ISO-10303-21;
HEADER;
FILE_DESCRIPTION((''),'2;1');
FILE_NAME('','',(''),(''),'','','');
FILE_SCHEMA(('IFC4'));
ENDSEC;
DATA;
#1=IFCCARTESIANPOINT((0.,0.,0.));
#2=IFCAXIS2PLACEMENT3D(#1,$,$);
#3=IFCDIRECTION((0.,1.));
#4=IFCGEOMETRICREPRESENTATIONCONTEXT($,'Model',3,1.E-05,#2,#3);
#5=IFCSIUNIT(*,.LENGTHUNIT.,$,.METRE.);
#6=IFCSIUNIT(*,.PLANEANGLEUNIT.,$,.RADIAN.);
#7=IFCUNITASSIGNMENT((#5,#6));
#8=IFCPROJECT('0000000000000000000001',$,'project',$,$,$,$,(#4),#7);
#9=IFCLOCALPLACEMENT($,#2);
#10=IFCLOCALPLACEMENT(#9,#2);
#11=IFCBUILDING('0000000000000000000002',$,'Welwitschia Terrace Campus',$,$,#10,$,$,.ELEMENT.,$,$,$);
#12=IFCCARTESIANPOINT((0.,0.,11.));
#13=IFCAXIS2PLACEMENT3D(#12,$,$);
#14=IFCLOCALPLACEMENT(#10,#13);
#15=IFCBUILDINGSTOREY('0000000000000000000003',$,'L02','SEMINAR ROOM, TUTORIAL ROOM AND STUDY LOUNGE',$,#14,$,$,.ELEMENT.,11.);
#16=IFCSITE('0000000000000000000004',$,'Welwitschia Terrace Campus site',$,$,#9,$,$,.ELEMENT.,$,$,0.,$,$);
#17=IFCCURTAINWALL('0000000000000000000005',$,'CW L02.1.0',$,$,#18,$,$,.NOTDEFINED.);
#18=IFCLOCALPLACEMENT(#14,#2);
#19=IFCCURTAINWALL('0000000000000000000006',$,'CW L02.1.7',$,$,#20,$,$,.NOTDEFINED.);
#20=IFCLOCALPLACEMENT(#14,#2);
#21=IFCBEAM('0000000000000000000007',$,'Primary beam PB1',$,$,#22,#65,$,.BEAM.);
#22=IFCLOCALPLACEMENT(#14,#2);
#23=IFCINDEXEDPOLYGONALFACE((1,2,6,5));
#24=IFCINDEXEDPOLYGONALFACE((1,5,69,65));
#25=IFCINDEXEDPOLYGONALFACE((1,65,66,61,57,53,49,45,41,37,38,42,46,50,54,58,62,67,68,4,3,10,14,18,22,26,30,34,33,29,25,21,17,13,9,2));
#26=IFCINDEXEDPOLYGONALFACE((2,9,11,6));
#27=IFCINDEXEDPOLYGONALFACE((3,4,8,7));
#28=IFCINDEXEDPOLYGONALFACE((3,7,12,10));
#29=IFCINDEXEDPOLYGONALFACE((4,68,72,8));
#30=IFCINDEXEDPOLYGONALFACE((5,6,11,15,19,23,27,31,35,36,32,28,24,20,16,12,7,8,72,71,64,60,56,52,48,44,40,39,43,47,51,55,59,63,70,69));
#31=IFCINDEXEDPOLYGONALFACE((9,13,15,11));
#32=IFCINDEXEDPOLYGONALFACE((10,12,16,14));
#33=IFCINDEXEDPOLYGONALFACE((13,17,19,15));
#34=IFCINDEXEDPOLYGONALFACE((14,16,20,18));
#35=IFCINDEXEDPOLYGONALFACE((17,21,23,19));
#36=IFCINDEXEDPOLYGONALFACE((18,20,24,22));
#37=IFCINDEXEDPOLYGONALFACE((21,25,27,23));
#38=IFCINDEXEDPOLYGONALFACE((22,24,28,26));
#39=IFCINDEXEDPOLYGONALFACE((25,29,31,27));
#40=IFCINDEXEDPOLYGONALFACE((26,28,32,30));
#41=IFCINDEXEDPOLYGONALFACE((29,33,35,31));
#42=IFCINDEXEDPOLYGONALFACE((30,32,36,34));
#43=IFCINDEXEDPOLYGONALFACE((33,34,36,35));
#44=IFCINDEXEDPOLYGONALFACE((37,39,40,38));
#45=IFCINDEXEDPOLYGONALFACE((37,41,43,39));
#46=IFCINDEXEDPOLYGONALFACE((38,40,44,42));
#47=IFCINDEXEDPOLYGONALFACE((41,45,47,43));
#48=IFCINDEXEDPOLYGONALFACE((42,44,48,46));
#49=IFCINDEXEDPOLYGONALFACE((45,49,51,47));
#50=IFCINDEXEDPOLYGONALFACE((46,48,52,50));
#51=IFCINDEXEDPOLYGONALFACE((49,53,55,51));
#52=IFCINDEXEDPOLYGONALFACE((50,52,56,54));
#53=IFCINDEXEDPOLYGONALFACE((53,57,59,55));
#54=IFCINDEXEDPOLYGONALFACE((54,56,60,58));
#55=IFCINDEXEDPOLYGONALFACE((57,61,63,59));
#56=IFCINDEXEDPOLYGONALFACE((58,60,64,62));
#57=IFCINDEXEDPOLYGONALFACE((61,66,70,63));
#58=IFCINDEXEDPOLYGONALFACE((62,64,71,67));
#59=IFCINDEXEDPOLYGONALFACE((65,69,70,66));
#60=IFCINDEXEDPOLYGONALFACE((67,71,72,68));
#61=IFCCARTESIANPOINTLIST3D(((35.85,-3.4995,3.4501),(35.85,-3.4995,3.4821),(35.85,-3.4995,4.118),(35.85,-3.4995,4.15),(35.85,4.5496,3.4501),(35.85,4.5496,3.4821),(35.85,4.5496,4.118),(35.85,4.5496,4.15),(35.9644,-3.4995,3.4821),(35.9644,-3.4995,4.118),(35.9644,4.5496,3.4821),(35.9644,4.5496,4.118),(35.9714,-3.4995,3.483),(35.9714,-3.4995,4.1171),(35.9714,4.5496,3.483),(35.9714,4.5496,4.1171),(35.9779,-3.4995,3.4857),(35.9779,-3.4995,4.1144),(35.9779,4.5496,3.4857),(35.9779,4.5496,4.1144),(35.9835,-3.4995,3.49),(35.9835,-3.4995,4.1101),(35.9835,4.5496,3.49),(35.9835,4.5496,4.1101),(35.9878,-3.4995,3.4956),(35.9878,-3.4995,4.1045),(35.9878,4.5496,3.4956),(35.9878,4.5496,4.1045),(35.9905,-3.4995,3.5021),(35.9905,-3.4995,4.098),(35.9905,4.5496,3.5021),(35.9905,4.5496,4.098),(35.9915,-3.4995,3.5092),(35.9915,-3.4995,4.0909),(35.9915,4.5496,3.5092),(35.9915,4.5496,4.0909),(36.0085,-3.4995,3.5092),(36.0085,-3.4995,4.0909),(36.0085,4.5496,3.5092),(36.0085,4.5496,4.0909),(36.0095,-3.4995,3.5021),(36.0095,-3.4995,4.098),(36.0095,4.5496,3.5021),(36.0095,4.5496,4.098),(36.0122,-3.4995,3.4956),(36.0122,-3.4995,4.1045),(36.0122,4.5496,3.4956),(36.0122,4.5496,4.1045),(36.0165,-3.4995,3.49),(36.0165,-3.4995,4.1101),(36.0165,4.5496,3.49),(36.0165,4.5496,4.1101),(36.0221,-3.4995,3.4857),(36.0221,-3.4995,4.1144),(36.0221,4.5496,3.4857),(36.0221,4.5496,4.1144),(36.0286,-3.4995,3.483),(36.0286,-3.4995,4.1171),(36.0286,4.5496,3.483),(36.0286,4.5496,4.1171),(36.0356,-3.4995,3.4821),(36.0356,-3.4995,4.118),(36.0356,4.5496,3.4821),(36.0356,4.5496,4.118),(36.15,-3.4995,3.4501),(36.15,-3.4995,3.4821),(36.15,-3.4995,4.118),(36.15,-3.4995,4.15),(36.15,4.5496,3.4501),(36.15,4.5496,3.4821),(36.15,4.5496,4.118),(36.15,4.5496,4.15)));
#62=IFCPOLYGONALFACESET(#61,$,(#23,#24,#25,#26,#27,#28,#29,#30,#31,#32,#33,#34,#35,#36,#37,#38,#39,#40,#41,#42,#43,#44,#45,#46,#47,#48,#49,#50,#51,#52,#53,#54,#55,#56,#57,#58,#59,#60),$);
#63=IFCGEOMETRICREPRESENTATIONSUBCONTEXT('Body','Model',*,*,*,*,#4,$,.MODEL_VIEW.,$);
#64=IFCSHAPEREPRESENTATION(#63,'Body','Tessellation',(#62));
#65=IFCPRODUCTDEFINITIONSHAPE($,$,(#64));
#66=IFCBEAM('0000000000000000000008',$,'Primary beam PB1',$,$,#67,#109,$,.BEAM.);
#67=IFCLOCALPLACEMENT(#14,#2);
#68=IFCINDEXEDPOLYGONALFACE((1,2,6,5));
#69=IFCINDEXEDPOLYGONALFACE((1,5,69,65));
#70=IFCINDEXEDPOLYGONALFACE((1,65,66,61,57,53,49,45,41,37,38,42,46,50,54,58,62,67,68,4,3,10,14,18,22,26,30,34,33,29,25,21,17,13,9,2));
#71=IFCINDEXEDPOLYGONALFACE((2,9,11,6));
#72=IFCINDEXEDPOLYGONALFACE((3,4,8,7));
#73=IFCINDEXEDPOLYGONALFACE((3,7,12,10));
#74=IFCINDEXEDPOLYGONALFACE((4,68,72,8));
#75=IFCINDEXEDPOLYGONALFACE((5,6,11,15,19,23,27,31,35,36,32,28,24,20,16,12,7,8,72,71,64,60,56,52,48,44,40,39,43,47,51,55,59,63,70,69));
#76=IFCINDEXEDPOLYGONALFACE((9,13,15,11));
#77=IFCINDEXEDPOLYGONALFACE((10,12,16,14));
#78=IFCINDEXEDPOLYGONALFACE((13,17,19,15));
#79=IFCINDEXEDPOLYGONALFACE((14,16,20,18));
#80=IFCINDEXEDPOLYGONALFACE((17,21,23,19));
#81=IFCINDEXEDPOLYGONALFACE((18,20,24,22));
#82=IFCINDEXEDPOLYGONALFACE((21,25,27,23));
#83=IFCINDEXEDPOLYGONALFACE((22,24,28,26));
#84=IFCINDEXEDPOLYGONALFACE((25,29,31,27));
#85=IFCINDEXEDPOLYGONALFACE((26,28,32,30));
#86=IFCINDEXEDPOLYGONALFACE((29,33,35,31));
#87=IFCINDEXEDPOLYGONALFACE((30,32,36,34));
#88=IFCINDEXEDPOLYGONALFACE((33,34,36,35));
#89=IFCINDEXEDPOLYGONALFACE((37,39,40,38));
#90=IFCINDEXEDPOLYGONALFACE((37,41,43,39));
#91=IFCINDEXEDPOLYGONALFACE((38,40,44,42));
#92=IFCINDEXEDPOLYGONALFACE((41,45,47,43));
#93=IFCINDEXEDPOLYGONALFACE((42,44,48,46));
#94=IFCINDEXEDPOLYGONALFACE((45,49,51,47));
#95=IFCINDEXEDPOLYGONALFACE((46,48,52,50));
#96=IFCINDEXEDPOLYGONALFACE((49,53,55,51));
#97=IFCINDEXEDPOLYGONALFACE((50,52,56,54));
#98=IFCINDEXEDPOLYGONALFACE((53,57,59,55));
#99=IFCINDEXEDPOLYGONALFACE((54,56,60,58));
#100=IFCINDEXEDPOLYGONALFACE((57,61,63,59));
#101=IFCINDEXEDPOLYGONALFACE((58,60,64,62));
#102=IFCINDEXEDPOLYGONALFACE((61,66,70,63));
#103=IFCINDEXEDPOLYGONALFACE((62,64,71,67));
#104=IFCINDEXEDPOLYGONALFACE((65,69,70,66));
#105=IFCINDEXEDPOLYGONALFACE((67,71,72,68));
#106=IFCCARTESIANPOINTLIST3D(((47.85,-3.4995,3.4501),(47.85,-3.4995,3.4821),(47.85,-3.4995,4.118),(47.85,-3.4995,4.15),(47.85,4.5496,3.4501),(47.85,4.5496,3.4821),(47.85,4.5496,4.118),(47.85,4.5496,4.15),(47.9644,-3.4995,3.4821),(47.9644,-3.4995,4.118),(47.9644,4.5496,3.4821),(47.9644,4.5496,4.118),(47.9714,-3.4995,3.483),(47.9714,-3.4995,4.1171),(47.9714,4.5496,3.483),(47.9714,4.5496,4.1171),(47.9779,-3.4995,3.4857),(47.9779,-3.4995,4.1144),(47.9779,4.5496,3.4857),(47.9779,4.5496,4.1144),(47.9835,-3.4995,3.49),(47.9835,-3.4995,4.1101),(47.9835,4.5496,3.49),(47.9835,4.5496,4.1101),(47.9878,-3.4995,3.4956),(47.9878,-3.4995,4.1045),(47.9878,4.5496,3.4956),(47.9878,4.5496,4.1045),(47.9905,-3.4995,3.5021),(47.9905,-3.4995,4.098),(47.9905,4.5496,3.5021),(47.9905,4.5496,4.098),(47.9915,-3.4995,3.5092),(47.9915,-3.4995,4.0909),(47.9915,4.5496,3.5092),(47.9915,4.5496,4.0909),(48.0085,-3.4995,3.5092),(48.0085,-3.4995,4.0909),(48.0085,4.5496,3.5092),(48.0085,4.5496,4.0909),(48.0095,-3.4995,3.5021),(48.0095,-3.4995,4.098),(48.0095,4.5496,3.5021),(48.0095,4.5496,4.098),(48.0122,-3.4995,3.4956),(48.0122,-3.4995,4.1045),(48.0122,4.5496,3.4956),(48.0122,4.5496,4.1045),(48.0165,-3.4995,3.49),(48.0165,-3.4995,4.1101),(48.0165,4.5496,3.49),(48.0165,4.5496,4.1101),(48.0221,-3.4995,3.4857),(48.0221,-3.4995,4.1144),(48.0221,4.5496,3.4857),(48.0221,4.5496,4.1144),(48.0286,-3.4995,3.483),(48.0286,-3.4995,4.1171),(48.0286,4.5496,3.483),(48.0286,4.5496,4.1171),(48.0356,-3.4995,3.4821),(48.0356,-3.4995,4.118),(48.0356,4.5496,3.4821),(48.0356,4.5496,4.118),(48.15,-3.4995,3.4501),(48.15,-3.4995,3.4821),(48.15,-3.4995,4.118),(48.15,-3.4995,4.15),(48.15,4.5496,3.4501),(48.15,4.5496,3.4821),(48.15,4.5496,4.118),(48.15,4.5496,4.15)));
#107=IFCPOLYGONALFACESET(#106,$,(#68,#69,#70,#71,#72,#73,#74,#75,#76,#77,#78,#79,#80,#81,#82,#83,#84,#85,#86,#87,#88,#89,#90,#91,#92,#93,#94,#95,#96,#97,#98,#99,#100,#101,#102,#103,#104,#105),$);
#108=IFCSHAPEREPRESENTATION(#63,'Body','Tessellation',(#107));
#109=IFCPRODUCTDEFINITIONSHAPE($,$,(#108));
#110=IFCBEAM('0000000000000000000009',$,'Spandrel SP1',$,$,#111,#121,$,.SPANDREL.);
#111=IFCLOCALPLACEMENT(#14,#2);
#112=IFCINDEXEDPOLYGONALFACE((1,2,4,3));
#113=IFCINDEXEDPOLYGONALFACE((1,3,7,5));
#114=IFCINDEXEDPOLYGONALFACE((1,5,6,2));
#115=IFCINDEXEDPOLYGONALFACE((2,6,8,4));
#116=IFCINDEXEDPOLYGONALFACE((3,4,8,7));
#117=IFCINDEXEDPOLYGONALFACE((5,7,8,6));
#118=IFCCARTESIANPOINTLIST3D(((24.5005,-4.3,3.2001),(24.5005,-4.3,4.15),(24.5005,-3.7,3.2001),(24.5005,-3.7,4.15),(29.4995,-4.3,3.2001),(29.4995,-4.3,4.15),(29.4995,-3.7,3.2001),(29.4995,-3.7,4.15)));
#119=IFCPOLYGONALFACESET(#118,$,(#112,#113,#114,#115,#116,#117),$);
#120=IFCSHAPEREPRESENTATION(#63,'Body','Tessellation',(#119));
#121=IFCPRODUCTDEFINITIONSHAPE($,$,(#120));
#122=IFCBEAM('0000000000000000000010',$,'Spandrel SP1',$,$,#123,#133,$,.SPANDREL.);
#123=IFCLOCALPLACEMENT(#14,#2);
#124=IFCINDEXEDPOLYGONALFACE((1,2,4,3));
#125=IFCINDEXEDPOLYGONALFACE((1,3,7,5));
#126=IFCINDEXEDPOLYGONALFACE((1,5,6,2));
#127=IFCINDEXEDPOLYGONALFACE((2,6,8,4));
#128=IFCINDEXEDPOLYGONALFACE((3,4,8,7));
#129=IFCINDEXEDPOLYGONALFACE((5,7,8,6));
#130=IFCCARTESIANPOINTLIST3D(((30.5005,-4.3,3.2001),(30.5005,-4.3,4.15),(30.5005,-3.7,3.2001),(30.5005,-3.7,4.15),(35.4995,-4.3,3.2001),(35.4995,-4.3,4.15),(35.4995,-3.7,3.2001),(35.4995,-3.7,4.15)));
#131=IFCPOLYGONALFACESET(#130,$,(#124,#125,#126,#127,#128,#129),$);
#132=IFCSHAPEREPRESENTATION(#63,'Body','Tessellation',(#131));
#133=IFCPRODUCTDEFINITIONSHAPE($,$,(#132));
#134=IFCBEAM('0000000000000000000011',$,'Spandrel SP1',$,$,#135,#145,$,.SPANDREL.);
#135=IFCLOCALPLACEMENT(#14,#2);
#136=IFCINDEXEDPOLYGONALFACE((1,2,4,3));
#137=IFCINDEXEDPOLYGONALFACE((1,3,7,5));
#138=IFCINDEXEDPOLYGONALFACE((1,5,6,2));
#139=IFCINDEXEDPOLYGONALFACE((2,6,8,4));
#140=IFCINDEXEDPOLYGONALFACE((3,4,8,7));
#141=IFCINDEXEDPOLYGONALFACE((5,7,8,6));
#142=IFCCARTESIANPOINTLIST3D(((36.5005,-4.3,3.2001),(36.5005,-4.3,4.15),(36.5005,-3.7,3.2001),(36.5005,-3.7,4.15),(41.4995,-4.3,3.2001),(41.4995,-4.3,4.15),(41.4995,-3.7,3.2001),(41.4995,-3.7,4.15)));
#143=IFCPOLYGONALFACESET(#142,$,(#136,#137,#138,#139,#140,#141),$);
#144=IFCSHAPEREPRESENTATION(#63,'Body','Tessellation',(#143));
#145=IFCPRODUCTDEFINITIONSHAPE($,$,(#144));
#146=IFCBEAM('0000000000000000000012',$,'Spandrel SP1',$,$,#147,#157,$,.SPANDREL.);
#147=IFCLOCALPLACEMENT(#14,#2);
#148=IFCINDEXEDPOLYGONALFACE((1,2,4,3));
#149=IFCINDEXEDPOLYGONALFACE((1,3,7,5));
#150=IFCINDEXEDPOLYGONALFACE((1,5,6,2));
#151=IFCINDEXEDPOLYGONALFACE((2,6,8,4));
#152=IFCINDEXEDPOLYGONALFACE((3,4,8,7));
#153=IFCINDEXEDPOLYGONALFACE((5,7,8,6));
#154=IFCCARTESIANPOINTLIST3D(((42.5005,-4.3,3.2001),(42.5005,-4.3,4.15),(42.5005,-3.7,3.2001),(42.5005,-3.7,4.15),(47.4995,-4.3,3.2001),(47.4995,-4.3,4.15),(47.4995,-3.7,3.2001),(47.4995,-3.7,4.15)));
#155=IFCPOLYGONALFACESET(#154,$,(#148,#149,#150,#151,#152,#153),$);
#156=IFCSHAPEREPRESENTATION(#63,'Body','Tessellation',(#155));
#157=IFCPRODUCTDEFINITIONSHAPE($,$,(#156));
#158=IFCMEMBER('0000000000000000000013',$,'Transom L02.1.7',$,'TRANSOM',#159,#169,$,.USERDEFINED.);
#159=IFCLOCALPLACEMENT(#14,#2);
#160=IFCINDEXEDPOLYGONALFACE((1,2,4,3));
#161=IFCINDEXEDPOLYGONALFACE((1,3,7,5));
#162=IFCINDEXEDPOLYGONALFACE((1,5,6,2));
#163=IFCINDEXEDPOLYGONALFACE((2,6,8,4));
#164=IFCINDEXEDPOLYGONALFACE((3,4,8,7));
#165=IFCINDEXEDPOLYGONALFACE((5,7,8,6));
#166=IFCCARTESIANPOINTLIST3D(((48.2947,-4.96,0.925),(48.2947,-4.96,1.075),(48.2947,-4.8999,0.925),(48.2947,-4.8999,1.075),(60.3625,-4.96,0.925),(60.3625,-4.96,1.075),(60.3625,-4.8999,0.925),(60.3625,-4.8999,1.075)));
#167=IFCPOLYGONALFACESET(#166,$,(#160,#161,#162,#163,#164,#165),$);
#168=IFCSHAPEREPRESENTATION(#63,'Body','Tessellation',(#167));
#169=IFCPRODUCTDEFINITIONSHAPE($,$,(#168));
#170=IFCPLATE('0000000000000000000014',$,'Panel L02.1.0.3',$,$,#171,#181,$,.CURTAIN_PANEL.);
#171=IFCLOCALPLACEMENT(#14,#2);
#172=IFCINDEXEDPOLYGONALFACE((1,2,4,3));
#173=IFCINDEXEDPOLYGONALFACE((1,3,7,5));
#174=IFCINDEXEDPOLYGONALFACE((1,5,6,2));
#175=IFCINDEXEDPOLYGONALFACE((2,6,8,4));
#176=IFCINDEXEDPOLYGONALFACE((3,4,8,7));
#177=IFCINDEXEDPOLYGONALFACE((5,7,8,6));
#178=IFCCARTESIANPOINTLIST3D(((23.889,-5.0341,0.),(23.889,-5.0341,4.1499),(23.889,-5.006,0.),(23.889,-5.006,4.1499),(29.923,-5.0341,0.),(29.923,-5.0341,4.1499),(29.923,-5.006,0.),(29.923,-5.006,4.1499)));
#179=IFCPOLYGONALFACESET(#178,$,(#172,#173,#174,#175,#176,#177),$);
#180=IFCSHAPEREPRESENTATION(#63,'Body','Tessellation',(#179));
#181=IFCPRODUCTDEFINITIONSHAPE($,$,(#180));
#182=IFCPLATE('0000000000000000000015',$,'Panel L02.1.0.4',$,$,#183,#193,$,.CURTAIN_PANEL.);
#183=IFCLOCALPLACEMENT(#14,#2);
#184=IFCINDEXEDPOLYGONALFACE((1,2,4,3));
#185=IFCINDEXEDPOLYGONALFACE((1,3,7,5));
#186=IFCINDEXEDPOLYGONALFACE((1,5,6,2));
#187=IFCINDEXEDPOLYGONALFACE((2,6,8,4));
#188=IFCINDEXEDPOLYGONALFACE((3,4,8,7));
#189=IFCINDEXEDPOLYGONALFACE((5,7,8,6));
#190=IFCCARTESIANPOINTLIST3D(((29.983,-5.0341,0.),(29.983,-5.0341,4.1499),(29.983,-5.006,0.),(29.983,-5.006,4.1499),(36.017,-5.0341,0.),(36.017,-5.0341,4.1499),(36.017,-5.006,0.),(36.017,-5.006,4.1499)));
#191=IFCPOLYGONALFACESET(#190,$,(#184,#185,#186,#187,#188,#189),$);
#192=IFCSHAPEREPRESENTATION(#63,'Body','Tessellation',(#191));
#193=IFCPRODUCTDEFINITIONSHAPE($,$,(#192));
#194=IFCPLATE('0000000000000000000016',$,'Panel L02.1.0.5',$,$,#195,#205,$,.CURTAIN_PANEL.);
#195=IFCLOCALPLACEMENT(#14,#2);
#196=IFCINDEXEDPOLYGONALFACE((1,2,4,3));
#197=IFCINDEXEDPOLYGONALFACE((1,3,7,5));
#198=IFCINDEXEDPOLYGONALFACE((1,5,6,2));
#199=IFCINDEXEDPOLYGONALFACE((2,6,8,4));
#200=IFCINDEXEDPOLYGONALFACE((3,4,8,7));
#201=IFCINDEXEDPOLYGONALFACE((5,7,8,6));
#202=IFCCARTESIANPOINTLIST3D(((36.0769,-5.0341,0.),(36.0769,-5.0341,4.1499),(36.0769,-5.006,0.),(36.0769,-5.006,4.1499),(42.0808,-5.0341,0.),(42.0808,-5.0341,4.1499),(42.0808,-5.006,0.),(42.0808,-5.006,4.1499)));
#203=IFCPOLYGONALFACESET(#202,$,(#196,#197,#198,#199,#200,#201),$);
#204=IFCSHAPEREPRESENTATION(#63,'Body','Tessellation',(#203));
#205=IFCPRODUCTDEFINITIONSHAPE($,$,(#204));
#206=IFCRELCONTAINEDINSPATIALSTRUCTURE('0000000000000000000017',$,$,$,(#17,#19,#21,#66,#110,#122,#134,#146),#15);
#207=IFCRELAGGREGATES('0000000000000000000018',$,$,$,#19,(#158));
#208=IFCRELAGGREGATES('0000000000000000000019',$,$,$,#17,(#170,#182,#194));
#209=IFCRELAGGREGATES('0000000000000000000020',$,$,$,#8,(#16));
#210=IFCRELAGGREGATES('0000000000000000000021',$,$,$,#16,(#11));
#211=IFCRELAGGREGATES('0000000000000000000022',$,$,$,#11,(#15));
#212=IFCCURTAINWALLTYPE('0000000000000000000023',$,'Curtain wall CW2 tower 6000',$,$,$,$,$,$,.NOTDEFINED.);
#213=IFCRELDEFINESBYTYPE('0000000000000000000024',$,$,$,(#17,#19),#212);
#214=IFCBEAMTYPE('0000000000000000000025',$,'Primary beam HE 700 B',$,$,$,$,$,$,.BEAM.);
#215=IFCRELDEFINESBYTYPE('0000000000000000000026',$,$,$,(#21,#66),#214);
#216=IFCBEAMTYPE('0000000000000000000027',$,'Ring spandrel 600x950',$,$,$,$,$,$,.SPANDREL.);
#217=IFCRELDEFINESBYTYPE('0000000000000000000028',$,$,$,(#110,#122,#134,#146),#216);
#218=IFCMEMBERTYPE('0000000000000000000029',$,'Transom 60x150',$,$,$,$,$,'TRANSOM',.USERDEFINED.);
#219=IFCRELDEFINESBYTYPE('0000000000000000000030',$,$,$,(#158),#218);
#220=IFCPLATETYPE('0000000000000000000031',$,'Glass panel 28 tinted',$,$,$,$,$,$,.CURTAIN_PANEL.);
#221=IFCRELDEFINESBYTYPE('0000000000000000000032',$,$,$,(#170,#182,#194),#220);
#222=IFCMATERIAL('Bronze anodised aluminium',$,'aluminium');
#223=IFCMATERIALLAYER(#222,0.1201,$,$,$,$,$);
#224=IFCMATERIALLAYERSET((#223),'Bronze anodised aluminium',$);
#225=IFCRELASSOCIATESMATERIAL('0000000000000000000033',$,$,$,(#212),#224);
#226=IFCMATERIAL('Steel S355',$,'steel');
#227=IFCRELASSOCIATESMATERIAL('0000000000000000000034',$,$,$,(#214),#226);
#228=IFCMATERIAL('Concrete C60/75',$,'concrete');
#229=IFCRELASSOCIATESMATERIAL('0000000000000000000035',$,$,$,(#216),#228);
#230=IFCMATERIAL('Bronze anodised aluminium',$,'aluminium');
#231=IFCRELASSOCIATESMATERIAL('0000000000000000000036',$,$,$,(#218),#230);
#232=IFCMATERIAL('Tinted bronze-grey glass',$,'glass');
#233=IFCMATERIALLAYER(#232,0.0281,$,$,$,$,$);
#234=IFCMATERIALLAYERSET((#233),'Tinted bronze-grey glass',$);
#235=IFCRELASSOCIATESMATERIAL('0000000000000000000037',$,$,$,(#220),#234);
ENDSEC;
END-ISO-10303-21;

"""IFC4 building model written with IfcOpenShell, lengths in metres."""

from ifc_helpers import new_model, si_unit, direction, frame, origin, origin_2d, place, context, subcontext, project, spatial, rectangle, i_section, extrude, material, layer, layer_set, material_profile, profile_set, type_object, element, aggregate, save


model = new_model("IFC4")

# Units and contexts
model_context = context("Model", 3, precision=1e-05, world=origin(), true_north=direction((0.0, 1.0)))
body_context = subcontext(model_context, "Body", "Model", "MODEL_VIEW")
ifc_project = project(units=[si_unit("LENGTHUNIT", "METRE"), si_unit("PLANEANGLEUNIT", "RADIAN")], contexts=[model_context])

# Site, building, storey
site_placement = place(None, origin())
site = spatial("IfcSite", under=ifc_project, at=site_placement, Name="Welwitschia Terrace Campus site", CompositionType="ELEMENT", RefElevation=0.0)
building_placement = place(site_placement, origin())
building = spatial("IfcBuilding", under=site, at=building_placement, Name="Welwitschia Terrace Campus", CompositionType="ELEMENT")
storey_placement = place(building_placement, frame((0.0, 0.0, 11.0)))
storey = spatial("IfcBuildingStorey", under=building, at=storey_placement, Name="L02", Description="SEMINAR ROOM, TUTORIAL ROOM AND STUDY LOUNGE", CompositionType="ELEMENT", Elevation=11.0)

# Curtain wall
ifc_material_1 = material(Name="Bronze anodised aluminium", Category="aluminium")
ifc_layer_1 = layer(ifc_material_1, 0.1201)
ifc_layer_set_1 = layer_set([ifc_layer_1], Name="Bronze anodised aluminium")
curtain_wall_type = type_object("IfcCurtainWallType", Name="Curtain wall CW2 tower 6000", PredefinedType="NOTDEFINED", material=ifc_layer_set_1)
curtain_wall_1_placement = place(storey_placement, origin())
curtain_wall_1 = element("IfcCurtainWall", 1, at=curtain_wall_1_placement, inside=storey, type_object=curtain_wall_type, Name="CW L02.1.0", PredefinedType="NOTDEFINED")

# Curtain wall
curtain_wall_2_placement = place(storey_placement, origin())
curtain_wall_2 = element("IfcCurtainWall", 2, at=curtain_wall_2_placement, inside=storey, type_object=curtain_wall_type, Name="CW L02.1.7", PredefinedType="NOTDEFINED")

# Beams
ifc_material_2 = material(Name="Steel S355", Category="steel")
ifc_material_profile_1 = material_profile(ifc_material_2, i_section(OverallWidth=0.3, OverallDepth=0.7, WebThickness=0.0171, FlangeThickness=0.032, FilletRadius=0.0271, at=origin_2d()))
ifc_profile_set_1 = profile_set([ifc_material_profile_1], Name="Steel S355")
beam_type_1 = type_object("IfcBeamType", Name="Primary beam HE 700 B", PredefinedType="BEAM", material=ifc_profile_set_1)
for number, where, z_axis, x_axis, name in (
    (3, (36.0, -3.4995, 3.8), (0.0, 1.0, 0.0), (-1.0, 0.0, 0.0), "Primary beam PB1"),
    (4, (48.0, -3.4995, 3.8), (0.0, 1.0, 0.0), (-1.0, 0.0, 0.0), "Primary beam PB1"),
):
    element("IfcBeam", number, at=place(storey_placement, frame(where, z_axis=z_axis, x_axis=x_axis)), inside=storey, type_object=beam_type_1, Name=name, PredefinedType="BEAM", context=body_context, shape_type="SweptSolid", body=[
        extrude(i_section(OverallWidth=0.3, OverallDepth=0.7, WebThickness=0.0171, FlangeThickness=0.032, FilletRadius=0.0271, at=origin_2d()), origin(), (0.0, 0.0, 1.0), 8.0491),
    ])
ifc_material_3 = material(Name="Concrete C60/75", Category="concrete")
ifc_material_profile_2 = material_profile(ifc_material_3, rectangle(XDim=0.6001, YDim=0.95, at=origin_2d()))
ifc_profile_set_2 = profile_set([ifc_material_profile_2], Name="Concrete C60/75")
beam_type_2 = type_object("IfcBeamType", Name="Ring spandrel 600x950", PredefinedType="SPANDREL", material=ifc_profile_set_2)
for number, where, z_axis, x_axis, name in (
    (5, (24.5005, -4.0, 3.675), (1.0, 0.0, 0.0), (0.0, 1.0, 0.0), "Spandrel SP1"),
    (6, (30.5005, -4.0, 3.675), (1.0, 0.0, 0.0), (0.0, 1.0, 0.0), "Spandrel SP1"),
    (7, (36.5005, -4.0, 3.675), (1.0, 0.0, 0.0), (0.0, 1.0, 0.0), "Spandrel SP1"),
    (8, (42.5005, -4.0, 3.675), (1.0, 0.0, 0.0), (0.0, 1.0, 0.0), "Spandrel SP1"),
):
    element("IfcBeam", number, at=place(storey_placement, frame(where, z_axis=z_axis, x_axis=x_axis)), inside=storey, type_object=beam_type_2, Name=name, PredefinedType="SPANDREL", context=body_context, shape_type="SweptSolid", body=[
        extrude(rectangle(XDim=0.6001, YDim=0.95, at=origin_2d()), origin(), (0.0, 0.0, 1.0), 4.999),
    ])

# Member
ifc_material_4 = material(Name="Bronze anodised aluminium", Category="aluminium")
ifc_material_profile_3 = material_profile(ifc_material_4, rectangle(XDim=0.0601, YDim=0.1499, at=origin_2d()))
ifc_profile_set_3 = profile_set([ifc_material_profile_3], Name="Bronze anodised aluminium")
member_type_1 = type_object("IfcMemberType", Name="Transom 60x150", ElementType="TRANSOM", PredefinedType="USERDEFINED", material=ifc_profile_set_3)
member_1_placement = place(storey_placement, frame((48.2947, -4.9299, 1.0), z_axis=(1.0, 0.0, 0.0), x_axis=(0.0, 1.0, 0.0)))
member_1 = element("IfcMember", 9, at=member_1_placement, type_object=member_type_1, Name="Transom L02.1.7", ObjectType="TRANSOM", PredefinedType="USERDEFINED", context=body_context, shape_type="SweptSolid", body=[
    extrude(rectangle(XDim=0.0601, YDim=0.1499, at=origin_2d()), origin(), (0.0, 0.0, 1.0), 12.0679),
])
aggregate(curtain_wall_2, [member_1])

# Plates
ifc_material_5 = material(Name="Tinted bronze-grey glass", Category="glass")
ifc_layer_2 = layer(ifc_material_5, 0.0281)
ifc_layer_set_2 = layer_set([ifc_layer_2], Name="Tinted bronze-grey glass")
plate_type = type_object("IfcPlateType", Name="Glass panel 28 tinted", PredefinedType="CURTAIN_PANEL", material=ifc_layer_set_2)
plate_1_placement = place(storey_placement, frame((26.906, -5.02, 0.0), z_axis=(0.0, 0.0, 1.0), x_axis=(1.0, 0.0, 0.0)))
plate_1 = element("IfcPlate", 10, at=plate_1_placement, type_object=plate_type, Name="Panel L02.1.0.3", PredefinedType="CURTAIN_PANEL", context=body_context, shape_type="SweptSolid", body=[
    extrude(rectangle(XDim=6.0339, YDim=0.0281, at=origin_2d()), origin(), (0.0, 0.0, 1.0), 4.1499),
])
plate_2_placement = place(storey_placement, frame((33.0, -5.02, 0.0), z_axis=(0.0, 0.0, 1.0), x_axis=(1.0, 0.0, 0.0)))
plate_2 = element("IfcPlate", 11, at=plate_2_placement, type_object=plate_type, Name="Panel L02.1.0.4", PredefinedType="CURTAIN_PANEL", context=body_context, shape_type="SweptSolid", body=[
    extrude(rectangle(XDim=6.0339, YDim=0.0281, at=origin_2d()), origin(), (0.0, 0.0, 1.0), 4.1499),
])
plate_3_placement = place(storey_placement, frame((39.0789, -5.02, 0.0), z_axis=(0.0, 0.0, 1.0), x_axis=(1.0, 0.0, 0.0)))
plate_3 = element("IfcPlate", 12, at=plate_3_placement, type_object=plate_type, Name="Panel L02.1.0.5", PredefinedType="CURTAIN_PANEL", context=body_context, shape_type="SweptSolid", body=[
    extrude(rectangle(XDim=6.0039, YDim=0.0281, at=origin_2d()), origin(), (0.0, 0.0, 1.0), 4.1499),
])
aggregate(curtain_wall_1, [plate_1, plate_2, plate_3])

save(model, "model.ifc")
